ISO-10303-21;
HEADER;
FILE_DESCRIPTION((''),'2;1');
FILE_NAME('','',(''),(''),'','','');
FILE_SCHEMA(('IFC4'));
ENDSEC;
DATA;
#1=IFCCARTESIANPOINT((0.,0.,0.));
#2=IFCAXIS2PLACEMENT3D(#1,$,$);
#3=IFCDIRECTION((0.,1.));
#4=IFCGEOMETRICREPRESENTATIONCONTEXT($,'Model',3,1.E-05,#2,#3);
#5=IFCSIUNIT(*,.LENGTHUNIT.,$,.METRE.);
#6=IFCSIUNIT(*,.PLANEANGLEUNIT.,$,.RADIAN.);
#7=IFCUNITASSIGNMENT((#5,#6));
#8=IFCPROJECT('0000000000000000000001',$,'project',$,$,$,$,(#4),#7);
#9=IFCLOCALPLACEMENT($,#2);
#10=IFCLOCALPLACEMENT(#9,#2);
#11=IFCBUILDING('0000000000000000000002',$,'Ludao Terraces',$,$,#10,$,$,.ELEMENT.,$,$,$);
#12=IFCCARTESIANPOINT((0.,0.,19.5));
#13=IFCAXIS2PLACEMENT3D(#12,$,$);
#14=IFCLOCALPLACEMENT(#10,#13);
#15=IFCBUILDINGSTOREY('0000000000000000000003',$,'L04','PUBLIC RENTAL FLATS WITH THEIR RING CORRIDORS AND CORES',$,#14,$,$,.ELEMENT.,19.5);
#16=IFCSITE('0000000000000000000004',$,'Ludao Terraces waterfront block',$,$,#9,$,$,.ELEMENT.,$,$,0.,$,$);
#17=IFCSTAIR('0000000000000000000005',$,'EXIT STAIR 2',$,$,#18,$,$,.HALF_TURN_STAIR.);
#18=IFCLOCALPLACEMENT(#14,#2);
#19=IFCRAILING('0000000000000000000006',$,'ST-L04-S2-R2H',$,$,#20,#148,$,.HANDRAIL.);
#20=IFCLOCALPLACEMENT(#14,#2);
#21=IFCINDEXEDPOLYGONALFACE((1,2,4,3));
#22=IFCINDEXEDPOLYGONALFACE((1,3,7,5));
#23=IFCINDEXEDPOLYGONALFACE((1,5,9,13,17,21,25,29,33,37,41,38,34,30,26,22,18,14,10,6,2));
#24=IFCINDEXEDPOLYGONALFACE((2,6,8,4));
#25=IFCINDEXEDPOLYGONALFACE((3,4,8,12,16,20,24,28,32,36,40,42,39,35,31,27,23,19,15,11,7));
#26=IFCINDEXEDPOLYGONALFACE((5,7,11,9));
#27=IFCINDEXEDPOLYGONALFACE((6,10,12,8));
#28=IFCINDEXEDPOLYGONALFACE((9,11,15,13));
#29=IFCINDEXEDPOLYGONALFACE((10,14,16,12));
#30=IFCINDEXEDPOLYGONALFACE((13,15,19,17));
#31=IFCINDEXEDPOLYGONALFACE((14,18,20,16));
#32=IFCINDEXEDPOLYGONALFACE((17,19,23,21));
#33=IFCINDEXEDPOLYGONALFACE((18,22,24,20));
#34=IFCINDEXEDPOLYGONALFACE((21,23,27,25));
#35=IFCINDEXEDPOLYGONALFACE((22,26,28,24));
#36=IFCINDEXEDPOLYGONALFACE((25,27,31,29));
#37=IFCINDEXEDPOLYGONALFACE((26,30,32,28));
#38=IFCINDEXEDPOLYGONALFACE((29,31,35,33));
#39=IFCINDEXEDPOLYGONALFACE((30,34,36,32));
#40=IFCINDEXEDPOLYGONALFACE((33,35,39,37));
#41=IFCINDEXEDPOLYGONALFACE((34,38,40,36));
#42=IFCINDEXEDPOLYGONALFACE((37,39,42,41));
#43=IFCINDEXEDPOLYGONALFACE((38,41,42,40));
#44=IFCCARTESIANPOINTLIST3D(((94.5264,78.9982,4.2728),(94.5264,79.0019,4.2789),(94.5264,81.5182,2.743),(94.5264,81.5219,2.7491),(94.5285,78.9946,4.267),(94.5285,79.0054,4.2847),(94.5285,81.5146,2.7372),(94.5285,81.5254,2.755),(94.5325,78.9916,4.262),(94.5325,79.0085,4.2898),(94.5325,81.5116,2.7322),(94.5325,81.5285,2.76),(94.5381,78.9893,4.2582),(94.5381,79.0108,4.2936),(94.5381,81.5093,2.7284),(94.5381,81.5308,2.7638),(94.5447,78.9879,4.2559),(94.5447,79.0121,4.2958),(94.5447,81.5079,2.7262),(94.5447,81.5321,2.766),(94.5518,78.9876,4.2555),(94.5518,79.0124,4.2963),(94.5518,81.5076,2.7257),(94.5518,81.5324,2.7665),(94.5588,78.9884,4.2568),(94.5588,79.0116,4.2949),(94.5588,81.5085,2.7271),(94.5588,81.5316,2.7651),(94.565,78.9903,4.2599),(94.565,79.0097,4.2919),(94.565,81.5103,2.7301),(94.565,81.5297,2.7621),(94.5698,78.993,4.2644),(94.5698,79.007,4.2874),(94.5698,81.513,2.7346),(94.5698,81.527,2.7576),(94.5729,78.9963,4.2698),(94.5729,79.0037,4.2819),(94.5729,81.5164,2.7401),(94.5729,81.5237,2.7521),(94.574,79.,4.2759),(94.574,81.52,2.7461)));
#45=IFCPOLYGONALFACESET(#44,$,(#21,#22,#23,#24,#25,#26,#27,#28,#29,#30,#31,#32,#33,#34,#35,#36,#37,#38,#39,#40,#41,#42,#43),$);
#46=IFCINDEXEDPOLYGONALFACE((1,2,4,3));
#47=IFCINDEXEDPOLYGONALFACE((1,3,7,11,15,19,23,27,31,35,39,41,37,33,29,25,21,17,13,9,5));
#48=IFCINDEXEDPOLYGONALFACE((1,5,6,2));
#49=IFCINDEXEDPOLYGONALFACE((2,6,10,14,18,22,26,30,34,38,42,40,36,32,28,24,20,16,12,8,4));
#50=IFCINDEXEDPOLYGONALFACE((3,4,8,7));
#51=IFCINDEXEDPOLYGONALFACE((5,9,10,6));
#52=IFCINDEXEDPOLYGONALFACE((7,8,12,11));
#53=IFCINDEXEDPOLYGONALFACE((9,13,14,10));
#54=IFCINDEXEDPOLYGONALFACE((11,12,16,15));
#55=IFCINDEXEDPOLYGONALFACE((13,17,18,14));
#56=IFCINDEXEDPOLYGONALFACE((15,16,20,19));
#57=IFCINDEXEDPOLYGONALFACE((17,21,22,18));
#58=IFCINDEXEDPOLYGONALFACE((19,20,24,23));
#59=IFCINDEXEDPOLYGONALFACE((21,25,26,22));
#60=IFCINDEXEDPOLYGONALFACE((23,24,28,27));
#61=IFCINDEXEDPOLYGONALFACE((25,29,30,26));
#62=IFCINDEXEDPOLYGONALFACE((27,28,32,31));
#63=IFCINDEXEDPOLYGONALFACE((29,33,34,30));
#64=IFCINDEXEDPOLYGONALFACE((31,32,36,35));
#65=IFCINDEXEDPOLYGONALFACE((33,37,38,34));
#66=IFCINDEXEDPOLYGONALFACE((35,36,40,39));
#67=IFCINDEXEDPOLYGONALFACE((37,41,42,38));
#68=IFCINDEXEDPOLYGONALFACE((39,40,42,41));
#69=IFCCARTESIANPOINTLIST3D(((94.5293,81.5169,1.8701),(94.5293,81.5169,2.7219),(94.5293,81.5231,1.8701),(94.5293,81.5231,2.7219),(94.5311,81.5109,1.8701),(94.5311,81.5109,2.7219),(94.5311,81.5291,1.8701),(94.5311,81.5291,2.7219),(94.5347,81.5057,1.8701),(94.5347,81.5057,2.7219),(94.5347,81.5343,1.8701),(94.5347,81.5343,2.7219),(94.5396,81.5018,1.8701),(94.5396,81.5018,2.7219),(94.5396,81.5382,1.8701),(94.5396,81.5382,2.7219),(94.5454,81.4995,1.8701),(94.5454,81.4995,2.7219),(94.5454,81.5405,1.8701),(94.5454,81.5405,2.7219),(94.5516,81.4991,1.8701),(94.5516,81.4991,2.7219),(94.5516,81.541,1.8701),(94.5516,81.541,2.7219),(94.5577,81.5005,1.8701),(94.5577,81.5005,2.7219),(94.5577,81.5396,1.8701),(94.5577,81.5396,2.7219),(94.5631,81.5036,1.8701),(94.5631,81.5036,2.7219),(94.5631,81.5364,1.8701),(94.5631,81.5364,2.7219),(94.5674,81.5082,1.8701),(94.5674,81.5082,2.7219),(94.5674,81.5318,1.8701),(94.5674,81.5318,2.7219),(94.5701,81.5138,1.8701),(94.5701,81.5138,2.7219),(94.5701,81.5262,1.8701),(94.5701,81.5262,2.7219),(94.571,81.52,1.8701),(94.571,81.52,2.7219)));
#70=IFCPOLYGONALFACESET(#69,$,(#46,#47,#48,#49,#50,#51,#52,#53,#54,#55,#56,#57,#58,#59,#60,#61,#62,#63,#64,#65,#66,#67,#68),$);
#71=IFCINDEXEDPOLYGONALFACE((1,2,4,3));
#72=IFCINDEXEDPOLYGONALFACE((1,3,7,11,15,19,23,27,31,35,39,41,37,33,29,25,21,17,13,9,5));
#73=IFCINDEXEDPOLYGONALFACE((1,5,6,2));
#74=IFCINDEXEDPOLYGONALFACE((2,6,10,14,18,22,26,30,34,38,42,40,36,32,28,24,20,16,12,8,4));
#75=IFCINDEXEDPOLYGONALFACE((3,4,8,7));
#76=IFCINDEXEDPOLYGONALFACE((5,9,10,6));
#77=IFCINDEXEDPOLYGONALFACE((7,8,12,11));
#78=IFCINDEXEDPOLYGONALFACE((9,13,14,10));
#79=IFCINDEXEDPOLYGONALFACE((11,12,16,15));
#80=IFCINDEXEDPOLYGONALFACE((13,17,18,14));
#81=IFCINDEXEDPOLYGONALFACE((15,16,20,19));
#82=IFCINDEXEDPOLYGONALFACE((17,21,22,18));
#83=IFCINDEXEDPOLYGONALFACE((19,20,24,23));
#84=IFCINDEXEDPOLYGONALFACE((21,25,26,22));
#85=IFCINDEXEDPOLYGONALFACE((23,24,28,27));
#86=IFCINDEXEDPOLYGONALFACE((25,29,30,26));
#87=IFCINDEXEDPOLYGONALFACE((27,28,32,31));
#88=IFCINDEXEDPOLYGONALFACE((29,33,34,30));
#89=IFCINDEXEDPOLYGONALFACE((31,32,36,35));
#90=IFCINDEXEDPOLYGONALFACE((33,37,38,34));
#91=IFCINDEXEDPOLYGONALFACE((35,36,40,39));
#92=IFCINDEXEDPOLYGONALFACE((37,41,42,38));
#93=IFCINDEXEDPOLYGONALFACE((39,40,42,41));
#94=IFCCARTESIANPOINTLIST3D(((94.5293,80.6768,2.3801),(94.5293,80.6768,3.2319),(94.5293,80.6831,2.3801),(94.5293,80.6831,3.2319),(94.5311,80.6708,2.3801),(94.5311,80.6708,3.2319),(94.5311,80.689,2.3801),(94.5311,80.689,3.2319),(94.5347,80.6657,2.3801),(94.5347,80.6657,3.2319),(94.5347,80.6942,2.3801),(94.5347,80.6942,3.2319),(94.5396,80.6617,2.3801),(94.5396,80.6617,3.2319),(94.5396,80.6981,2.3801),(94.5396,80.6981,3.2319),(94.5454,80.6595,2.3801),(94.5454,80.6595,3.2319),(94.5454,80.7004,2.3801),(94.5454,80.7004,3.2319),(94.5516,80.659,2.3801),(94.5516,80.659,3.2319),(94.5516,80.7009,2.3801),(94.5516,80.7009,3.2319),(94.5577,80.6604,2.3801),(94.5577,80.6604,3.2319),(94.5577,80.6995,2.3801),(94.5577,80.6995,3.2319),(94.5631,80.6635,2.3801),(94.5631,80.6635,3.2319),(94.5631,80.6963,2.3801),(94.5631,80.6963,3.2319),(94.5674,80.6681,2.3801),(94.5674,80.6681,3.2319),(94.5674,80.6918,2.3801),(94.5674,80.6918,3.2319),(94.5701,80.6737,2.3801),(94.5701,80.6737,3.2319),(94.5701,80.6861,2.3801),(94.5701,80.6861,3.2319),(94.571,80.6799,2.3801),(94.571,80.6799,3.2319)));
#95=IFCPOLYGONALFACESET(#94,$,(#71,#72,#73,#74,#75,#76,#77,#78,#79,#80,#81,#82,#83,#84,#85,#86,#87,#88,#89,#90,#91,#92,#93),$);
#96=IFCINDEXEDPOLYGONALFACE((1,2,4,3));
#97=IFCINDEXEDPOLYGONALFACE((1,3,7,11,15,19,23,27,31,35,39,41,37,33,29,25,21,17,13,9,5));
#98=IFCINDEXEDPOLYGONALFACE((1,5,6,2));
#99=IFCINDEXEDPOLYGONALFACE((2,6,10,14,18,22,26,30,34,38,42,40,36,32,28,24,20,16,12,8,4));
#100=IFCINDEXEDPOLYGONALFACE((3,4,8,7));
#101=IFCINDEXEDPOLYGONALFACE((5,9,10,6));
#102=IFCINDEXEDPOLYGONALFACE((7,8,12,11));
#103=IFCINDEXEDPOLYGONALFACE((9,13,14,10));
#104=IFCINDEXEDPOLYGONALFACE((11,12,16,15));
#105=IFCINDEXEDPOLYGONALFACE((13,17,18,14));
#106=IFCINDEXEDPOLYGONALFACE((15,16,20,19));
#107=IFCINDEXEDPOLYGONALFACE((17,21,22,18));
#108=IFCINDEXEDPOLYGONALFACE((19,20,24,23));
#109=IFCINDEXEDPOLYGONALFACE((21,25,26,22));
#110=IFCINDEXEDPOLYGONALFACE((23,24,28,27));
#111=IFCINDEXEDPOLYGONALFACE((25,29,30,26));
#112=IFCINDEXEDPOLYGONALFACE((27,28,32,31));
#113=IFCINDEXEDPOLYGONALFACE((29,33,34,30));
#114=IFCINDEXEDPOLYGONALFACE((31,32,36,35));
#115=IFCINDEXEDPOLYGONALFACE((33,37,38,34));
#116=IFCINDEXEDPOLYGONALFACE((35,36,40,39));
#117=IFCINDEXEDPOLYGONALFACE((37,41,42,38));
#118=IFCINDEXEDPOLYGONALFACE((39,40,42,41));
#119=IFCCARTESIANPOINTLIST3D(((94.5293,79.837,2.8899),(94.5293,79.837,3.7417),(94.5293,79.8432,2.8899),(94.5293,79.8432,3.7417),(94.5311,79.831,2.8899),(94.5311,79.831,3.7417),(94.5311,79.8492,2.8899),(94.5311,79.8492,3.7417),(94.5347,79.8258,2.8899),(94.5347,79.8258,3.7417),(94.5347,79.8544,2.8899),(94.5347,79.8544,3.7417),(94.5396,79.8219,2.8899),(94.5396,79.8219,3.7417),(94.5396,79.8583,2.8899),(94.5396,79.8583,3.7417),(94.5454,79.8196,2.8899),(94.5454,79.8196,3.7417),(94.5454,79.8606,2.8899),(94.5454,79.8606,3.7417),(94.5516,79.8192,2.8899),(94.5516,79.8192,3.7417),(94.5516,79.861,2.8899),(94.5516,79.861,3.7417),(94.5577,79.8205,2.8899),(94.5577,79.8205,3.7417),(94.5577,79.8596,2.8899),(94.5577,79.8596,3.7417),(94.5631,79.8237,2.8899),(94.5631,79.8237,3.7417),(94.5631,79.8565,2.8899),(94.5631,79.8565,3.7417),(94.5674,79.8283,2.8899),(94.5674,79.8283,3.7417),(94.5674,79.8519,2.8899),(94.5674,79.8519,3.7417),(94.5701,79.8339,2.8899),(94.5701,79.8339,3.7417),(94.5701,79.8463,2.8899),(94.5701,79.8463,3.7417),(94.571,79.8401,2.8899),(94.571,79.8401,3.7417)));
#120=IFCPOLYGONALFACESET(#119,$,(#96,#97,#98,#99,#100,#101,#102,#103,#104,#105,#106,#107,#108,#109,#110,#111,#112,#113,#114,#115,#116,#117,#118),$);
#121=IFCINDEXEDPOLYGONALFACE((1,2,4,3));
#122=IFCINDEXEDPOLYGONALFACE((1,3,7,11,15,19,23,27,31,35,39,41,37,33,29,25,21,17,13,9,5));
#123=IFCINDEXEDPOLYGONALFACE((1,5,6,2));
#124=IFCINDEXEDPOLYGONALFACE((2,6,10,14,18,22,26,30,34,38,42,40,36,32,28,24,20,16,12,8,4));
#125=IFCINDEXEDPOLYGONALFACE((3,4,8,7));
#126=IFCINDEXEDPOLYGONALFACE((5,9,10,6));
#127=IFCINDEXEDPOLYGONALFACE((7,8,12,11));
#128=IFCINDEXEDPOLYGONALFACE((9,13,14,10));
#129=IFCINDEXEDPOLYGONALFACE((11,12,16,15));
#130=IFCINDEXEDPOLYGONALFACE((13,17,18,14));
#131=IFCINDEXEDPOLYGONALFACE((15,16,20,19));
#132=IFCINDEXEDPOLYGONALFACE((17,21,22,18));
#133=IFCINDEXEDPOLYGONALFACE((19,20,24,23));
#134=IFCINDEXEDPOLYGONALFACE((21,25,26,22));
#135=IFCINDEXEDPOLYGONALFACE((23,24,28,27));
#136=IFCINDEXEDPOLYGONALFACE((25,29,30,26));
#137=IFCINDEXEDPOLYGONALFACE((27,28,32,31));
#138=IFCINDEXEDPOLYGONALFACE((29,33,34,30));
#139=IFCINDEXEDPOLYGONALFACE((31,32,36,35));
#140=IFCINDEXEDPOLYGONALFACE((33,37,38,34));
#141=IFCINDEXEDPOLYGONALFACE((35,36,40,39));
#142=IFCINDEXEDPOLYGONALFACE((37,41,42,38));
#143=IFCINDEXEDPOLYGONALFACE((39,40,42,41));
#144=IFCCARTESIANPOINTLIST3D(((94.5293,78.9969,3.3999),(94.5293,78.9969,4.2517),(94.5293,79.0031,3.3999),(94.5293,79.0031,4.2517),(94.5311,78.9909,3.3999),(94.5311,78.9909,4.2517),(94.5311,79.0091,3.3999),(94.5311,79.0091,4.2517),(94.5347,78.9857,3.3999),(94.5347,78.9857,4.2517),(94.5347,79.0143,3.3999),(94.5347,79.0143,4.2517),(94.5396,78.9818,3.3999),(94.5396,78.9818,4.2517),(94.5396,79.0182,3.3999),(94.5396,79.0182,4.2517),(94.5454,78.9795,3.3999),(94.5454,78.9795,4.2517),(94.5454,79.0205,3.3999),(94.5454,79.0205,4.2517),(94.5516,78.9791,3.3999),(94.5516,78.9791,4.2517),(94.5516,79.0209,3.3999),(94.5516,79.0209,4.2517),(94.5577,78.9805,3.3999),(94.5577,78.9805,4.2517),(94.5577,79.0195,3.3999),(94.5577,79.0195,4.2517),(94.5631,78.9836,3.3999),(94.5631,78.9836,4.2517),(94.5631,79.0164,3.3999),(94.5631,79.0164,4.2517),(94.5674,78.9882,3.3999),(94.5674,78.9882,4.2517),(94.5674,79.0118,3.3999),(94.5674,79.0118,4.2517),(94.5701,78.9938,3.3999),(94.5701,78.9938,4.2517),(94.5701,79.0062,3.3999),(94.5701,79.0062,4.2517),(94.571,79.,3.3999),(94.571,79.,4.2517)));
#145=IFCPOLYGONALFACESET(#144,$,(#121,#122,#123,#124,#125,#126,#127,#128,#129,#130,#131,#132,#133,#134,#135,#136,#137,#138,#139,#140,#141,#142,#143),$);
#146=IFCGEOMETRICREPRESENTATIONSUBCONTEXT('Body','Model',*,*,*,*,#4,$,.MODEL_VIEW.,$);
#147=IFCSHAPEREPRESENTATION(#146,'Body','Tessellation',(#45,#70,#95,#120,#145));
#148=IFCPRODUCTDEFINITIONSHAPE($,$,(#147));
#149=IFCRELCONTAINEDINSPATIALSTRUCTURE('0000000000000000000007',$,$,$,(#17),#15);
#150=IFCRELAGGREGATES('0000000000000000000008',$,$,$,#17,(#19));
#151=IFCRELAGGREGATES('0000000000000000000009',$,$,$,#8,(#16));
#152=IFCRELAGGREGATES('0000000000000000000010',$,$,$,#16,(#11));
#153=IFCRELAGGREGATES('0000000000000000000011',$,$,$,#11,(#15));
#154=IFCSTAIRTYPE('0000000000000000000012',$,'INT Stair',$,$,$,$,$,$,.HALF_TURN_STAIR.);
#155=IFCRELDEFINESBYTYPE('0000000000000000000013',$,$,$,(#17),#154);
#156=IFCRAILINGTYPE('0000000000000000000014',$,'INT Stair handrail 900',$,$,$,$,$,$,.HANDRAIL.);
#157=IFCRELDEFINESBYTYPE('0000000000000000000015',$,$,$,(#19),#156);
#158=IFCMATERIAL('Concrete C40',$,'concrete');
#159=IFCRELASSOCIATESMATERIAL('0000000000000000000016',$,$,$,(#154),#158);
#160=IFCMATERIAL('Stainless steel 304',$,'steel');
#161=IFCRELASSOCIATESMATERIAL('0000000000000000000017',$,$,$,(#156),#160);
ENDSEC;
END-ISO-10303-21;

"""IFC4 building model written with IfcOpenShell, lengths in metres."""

from ifc_helpers import new_model, si_unit, direction, frame, origin, origin_2d, place, context, subcontext, project, spatial, circle, extrude, material, type_object, element, aggregate, save


model = new_model("IFC4")

# Units and contexts
model_context = context("Model", 3, precision=1e-05, world=origin(), true_north=direction((0.0, 1.0)))
body_context = subcontext(model_context, "Body", "Model", "MODEL_VIEW")
ifc_project = project(units=[si_unit("LENGTHUNIT", "METRE"), si_unit("PLANEANGLEUNIT", "RADIAN")], contexts=[model_context])

# Site, building, storey
site_placement = place(None, origin())
site = spatial("IfcSite", under=ifc_project, at=site_placement, Name="Ludao Terraces waterfront block", CompositionType="ELEMENT", RefElevation=0.0)
building_placement = place(site_placement, origin())
building = spatial("IfcBuilding", under=site, at=building_placement, Name="Ludao Terraces", CompositionType="ELEMENT")
storey_placement = place(building_placement, frame((0.0, 0.0, 19.5)))
storey = spatial("IfcBuildingStorey", under=building, at=storey_placement, Name="L04", Description="PUBLIC RENTAL FLATS WITH THEIR RING CORRIDORS AND CORES", CompositionType="ELEMENT", Elevation=19.5)

# Shared definitions
ifc_material_1 = material(Name="Concrete C40", Category="concrete")

# Shared definitions
ifc_material_2 = material(Name="Stainless steel 304", Category="steel")

# Stair, railing
stair_type = type_object("IfcStairType", Name="INT Stair", PredefinedType="HALF_TURN_STAIR", material=ifc_material_1)
stair_placement = place(storey_placement, origin())
stair = element("IfcStair", 1, at=stair_placement, inside=storey, type_object=stair_type, Name="EXIT STAIR 2", PredefinedType="HALF_TURN_STAIR")
railing_type_1 = type_object("IfcRailingType", Name="INT Stair handrail 900", PredefinedType="HANDRAIL", material=ifc_material_2)
railing_1_placement = place(storey_placement, frame((94.55, 81.52, 1.8701)))
railing_1 = element("IfcRailing", 2, at=railing_1_placement, type_object=railing_type_1, Name="ST-L04-S2-R2H", PredefinedType="HANDRAIL", context=body_context, shape_type="SweptSolid", body=[
    extrude(circle(Radius=0.0239, at=origin_2d()), frame((0.0, 0.0, 0.876), z_axis=(0.0, -0.854822, 0.518922), x_axis=(1.0, 0.0, 0.0)), (0.0, 0.0, 1.0), 2.948),
    extrude(circle(Radius=0.021, at=origin_2d()), origin(), (0.0, 0.0, 1.0), 0.8518),
    extrude(circle(Radius=0.021, at=origin_2d()), frame((0.0, -0.8401, 0.51)), (0.0, 0.0, 1.0), 0.8518),
    extrude(circle(Radius=0.021, at=origin_2d()), frame((0.0, -1.6799, 1.0198)), (0.0, 0.0, 1.0), 0.8518),
    extrude(circle(Radius=0.021, at=origin_2d()), frame((0.0, -2.52, 1.5298)), (0.0, 0.0, 1.0), 0.8518),
])
aggregate(stair, [railing_1])

save(model, "model.ifc")
